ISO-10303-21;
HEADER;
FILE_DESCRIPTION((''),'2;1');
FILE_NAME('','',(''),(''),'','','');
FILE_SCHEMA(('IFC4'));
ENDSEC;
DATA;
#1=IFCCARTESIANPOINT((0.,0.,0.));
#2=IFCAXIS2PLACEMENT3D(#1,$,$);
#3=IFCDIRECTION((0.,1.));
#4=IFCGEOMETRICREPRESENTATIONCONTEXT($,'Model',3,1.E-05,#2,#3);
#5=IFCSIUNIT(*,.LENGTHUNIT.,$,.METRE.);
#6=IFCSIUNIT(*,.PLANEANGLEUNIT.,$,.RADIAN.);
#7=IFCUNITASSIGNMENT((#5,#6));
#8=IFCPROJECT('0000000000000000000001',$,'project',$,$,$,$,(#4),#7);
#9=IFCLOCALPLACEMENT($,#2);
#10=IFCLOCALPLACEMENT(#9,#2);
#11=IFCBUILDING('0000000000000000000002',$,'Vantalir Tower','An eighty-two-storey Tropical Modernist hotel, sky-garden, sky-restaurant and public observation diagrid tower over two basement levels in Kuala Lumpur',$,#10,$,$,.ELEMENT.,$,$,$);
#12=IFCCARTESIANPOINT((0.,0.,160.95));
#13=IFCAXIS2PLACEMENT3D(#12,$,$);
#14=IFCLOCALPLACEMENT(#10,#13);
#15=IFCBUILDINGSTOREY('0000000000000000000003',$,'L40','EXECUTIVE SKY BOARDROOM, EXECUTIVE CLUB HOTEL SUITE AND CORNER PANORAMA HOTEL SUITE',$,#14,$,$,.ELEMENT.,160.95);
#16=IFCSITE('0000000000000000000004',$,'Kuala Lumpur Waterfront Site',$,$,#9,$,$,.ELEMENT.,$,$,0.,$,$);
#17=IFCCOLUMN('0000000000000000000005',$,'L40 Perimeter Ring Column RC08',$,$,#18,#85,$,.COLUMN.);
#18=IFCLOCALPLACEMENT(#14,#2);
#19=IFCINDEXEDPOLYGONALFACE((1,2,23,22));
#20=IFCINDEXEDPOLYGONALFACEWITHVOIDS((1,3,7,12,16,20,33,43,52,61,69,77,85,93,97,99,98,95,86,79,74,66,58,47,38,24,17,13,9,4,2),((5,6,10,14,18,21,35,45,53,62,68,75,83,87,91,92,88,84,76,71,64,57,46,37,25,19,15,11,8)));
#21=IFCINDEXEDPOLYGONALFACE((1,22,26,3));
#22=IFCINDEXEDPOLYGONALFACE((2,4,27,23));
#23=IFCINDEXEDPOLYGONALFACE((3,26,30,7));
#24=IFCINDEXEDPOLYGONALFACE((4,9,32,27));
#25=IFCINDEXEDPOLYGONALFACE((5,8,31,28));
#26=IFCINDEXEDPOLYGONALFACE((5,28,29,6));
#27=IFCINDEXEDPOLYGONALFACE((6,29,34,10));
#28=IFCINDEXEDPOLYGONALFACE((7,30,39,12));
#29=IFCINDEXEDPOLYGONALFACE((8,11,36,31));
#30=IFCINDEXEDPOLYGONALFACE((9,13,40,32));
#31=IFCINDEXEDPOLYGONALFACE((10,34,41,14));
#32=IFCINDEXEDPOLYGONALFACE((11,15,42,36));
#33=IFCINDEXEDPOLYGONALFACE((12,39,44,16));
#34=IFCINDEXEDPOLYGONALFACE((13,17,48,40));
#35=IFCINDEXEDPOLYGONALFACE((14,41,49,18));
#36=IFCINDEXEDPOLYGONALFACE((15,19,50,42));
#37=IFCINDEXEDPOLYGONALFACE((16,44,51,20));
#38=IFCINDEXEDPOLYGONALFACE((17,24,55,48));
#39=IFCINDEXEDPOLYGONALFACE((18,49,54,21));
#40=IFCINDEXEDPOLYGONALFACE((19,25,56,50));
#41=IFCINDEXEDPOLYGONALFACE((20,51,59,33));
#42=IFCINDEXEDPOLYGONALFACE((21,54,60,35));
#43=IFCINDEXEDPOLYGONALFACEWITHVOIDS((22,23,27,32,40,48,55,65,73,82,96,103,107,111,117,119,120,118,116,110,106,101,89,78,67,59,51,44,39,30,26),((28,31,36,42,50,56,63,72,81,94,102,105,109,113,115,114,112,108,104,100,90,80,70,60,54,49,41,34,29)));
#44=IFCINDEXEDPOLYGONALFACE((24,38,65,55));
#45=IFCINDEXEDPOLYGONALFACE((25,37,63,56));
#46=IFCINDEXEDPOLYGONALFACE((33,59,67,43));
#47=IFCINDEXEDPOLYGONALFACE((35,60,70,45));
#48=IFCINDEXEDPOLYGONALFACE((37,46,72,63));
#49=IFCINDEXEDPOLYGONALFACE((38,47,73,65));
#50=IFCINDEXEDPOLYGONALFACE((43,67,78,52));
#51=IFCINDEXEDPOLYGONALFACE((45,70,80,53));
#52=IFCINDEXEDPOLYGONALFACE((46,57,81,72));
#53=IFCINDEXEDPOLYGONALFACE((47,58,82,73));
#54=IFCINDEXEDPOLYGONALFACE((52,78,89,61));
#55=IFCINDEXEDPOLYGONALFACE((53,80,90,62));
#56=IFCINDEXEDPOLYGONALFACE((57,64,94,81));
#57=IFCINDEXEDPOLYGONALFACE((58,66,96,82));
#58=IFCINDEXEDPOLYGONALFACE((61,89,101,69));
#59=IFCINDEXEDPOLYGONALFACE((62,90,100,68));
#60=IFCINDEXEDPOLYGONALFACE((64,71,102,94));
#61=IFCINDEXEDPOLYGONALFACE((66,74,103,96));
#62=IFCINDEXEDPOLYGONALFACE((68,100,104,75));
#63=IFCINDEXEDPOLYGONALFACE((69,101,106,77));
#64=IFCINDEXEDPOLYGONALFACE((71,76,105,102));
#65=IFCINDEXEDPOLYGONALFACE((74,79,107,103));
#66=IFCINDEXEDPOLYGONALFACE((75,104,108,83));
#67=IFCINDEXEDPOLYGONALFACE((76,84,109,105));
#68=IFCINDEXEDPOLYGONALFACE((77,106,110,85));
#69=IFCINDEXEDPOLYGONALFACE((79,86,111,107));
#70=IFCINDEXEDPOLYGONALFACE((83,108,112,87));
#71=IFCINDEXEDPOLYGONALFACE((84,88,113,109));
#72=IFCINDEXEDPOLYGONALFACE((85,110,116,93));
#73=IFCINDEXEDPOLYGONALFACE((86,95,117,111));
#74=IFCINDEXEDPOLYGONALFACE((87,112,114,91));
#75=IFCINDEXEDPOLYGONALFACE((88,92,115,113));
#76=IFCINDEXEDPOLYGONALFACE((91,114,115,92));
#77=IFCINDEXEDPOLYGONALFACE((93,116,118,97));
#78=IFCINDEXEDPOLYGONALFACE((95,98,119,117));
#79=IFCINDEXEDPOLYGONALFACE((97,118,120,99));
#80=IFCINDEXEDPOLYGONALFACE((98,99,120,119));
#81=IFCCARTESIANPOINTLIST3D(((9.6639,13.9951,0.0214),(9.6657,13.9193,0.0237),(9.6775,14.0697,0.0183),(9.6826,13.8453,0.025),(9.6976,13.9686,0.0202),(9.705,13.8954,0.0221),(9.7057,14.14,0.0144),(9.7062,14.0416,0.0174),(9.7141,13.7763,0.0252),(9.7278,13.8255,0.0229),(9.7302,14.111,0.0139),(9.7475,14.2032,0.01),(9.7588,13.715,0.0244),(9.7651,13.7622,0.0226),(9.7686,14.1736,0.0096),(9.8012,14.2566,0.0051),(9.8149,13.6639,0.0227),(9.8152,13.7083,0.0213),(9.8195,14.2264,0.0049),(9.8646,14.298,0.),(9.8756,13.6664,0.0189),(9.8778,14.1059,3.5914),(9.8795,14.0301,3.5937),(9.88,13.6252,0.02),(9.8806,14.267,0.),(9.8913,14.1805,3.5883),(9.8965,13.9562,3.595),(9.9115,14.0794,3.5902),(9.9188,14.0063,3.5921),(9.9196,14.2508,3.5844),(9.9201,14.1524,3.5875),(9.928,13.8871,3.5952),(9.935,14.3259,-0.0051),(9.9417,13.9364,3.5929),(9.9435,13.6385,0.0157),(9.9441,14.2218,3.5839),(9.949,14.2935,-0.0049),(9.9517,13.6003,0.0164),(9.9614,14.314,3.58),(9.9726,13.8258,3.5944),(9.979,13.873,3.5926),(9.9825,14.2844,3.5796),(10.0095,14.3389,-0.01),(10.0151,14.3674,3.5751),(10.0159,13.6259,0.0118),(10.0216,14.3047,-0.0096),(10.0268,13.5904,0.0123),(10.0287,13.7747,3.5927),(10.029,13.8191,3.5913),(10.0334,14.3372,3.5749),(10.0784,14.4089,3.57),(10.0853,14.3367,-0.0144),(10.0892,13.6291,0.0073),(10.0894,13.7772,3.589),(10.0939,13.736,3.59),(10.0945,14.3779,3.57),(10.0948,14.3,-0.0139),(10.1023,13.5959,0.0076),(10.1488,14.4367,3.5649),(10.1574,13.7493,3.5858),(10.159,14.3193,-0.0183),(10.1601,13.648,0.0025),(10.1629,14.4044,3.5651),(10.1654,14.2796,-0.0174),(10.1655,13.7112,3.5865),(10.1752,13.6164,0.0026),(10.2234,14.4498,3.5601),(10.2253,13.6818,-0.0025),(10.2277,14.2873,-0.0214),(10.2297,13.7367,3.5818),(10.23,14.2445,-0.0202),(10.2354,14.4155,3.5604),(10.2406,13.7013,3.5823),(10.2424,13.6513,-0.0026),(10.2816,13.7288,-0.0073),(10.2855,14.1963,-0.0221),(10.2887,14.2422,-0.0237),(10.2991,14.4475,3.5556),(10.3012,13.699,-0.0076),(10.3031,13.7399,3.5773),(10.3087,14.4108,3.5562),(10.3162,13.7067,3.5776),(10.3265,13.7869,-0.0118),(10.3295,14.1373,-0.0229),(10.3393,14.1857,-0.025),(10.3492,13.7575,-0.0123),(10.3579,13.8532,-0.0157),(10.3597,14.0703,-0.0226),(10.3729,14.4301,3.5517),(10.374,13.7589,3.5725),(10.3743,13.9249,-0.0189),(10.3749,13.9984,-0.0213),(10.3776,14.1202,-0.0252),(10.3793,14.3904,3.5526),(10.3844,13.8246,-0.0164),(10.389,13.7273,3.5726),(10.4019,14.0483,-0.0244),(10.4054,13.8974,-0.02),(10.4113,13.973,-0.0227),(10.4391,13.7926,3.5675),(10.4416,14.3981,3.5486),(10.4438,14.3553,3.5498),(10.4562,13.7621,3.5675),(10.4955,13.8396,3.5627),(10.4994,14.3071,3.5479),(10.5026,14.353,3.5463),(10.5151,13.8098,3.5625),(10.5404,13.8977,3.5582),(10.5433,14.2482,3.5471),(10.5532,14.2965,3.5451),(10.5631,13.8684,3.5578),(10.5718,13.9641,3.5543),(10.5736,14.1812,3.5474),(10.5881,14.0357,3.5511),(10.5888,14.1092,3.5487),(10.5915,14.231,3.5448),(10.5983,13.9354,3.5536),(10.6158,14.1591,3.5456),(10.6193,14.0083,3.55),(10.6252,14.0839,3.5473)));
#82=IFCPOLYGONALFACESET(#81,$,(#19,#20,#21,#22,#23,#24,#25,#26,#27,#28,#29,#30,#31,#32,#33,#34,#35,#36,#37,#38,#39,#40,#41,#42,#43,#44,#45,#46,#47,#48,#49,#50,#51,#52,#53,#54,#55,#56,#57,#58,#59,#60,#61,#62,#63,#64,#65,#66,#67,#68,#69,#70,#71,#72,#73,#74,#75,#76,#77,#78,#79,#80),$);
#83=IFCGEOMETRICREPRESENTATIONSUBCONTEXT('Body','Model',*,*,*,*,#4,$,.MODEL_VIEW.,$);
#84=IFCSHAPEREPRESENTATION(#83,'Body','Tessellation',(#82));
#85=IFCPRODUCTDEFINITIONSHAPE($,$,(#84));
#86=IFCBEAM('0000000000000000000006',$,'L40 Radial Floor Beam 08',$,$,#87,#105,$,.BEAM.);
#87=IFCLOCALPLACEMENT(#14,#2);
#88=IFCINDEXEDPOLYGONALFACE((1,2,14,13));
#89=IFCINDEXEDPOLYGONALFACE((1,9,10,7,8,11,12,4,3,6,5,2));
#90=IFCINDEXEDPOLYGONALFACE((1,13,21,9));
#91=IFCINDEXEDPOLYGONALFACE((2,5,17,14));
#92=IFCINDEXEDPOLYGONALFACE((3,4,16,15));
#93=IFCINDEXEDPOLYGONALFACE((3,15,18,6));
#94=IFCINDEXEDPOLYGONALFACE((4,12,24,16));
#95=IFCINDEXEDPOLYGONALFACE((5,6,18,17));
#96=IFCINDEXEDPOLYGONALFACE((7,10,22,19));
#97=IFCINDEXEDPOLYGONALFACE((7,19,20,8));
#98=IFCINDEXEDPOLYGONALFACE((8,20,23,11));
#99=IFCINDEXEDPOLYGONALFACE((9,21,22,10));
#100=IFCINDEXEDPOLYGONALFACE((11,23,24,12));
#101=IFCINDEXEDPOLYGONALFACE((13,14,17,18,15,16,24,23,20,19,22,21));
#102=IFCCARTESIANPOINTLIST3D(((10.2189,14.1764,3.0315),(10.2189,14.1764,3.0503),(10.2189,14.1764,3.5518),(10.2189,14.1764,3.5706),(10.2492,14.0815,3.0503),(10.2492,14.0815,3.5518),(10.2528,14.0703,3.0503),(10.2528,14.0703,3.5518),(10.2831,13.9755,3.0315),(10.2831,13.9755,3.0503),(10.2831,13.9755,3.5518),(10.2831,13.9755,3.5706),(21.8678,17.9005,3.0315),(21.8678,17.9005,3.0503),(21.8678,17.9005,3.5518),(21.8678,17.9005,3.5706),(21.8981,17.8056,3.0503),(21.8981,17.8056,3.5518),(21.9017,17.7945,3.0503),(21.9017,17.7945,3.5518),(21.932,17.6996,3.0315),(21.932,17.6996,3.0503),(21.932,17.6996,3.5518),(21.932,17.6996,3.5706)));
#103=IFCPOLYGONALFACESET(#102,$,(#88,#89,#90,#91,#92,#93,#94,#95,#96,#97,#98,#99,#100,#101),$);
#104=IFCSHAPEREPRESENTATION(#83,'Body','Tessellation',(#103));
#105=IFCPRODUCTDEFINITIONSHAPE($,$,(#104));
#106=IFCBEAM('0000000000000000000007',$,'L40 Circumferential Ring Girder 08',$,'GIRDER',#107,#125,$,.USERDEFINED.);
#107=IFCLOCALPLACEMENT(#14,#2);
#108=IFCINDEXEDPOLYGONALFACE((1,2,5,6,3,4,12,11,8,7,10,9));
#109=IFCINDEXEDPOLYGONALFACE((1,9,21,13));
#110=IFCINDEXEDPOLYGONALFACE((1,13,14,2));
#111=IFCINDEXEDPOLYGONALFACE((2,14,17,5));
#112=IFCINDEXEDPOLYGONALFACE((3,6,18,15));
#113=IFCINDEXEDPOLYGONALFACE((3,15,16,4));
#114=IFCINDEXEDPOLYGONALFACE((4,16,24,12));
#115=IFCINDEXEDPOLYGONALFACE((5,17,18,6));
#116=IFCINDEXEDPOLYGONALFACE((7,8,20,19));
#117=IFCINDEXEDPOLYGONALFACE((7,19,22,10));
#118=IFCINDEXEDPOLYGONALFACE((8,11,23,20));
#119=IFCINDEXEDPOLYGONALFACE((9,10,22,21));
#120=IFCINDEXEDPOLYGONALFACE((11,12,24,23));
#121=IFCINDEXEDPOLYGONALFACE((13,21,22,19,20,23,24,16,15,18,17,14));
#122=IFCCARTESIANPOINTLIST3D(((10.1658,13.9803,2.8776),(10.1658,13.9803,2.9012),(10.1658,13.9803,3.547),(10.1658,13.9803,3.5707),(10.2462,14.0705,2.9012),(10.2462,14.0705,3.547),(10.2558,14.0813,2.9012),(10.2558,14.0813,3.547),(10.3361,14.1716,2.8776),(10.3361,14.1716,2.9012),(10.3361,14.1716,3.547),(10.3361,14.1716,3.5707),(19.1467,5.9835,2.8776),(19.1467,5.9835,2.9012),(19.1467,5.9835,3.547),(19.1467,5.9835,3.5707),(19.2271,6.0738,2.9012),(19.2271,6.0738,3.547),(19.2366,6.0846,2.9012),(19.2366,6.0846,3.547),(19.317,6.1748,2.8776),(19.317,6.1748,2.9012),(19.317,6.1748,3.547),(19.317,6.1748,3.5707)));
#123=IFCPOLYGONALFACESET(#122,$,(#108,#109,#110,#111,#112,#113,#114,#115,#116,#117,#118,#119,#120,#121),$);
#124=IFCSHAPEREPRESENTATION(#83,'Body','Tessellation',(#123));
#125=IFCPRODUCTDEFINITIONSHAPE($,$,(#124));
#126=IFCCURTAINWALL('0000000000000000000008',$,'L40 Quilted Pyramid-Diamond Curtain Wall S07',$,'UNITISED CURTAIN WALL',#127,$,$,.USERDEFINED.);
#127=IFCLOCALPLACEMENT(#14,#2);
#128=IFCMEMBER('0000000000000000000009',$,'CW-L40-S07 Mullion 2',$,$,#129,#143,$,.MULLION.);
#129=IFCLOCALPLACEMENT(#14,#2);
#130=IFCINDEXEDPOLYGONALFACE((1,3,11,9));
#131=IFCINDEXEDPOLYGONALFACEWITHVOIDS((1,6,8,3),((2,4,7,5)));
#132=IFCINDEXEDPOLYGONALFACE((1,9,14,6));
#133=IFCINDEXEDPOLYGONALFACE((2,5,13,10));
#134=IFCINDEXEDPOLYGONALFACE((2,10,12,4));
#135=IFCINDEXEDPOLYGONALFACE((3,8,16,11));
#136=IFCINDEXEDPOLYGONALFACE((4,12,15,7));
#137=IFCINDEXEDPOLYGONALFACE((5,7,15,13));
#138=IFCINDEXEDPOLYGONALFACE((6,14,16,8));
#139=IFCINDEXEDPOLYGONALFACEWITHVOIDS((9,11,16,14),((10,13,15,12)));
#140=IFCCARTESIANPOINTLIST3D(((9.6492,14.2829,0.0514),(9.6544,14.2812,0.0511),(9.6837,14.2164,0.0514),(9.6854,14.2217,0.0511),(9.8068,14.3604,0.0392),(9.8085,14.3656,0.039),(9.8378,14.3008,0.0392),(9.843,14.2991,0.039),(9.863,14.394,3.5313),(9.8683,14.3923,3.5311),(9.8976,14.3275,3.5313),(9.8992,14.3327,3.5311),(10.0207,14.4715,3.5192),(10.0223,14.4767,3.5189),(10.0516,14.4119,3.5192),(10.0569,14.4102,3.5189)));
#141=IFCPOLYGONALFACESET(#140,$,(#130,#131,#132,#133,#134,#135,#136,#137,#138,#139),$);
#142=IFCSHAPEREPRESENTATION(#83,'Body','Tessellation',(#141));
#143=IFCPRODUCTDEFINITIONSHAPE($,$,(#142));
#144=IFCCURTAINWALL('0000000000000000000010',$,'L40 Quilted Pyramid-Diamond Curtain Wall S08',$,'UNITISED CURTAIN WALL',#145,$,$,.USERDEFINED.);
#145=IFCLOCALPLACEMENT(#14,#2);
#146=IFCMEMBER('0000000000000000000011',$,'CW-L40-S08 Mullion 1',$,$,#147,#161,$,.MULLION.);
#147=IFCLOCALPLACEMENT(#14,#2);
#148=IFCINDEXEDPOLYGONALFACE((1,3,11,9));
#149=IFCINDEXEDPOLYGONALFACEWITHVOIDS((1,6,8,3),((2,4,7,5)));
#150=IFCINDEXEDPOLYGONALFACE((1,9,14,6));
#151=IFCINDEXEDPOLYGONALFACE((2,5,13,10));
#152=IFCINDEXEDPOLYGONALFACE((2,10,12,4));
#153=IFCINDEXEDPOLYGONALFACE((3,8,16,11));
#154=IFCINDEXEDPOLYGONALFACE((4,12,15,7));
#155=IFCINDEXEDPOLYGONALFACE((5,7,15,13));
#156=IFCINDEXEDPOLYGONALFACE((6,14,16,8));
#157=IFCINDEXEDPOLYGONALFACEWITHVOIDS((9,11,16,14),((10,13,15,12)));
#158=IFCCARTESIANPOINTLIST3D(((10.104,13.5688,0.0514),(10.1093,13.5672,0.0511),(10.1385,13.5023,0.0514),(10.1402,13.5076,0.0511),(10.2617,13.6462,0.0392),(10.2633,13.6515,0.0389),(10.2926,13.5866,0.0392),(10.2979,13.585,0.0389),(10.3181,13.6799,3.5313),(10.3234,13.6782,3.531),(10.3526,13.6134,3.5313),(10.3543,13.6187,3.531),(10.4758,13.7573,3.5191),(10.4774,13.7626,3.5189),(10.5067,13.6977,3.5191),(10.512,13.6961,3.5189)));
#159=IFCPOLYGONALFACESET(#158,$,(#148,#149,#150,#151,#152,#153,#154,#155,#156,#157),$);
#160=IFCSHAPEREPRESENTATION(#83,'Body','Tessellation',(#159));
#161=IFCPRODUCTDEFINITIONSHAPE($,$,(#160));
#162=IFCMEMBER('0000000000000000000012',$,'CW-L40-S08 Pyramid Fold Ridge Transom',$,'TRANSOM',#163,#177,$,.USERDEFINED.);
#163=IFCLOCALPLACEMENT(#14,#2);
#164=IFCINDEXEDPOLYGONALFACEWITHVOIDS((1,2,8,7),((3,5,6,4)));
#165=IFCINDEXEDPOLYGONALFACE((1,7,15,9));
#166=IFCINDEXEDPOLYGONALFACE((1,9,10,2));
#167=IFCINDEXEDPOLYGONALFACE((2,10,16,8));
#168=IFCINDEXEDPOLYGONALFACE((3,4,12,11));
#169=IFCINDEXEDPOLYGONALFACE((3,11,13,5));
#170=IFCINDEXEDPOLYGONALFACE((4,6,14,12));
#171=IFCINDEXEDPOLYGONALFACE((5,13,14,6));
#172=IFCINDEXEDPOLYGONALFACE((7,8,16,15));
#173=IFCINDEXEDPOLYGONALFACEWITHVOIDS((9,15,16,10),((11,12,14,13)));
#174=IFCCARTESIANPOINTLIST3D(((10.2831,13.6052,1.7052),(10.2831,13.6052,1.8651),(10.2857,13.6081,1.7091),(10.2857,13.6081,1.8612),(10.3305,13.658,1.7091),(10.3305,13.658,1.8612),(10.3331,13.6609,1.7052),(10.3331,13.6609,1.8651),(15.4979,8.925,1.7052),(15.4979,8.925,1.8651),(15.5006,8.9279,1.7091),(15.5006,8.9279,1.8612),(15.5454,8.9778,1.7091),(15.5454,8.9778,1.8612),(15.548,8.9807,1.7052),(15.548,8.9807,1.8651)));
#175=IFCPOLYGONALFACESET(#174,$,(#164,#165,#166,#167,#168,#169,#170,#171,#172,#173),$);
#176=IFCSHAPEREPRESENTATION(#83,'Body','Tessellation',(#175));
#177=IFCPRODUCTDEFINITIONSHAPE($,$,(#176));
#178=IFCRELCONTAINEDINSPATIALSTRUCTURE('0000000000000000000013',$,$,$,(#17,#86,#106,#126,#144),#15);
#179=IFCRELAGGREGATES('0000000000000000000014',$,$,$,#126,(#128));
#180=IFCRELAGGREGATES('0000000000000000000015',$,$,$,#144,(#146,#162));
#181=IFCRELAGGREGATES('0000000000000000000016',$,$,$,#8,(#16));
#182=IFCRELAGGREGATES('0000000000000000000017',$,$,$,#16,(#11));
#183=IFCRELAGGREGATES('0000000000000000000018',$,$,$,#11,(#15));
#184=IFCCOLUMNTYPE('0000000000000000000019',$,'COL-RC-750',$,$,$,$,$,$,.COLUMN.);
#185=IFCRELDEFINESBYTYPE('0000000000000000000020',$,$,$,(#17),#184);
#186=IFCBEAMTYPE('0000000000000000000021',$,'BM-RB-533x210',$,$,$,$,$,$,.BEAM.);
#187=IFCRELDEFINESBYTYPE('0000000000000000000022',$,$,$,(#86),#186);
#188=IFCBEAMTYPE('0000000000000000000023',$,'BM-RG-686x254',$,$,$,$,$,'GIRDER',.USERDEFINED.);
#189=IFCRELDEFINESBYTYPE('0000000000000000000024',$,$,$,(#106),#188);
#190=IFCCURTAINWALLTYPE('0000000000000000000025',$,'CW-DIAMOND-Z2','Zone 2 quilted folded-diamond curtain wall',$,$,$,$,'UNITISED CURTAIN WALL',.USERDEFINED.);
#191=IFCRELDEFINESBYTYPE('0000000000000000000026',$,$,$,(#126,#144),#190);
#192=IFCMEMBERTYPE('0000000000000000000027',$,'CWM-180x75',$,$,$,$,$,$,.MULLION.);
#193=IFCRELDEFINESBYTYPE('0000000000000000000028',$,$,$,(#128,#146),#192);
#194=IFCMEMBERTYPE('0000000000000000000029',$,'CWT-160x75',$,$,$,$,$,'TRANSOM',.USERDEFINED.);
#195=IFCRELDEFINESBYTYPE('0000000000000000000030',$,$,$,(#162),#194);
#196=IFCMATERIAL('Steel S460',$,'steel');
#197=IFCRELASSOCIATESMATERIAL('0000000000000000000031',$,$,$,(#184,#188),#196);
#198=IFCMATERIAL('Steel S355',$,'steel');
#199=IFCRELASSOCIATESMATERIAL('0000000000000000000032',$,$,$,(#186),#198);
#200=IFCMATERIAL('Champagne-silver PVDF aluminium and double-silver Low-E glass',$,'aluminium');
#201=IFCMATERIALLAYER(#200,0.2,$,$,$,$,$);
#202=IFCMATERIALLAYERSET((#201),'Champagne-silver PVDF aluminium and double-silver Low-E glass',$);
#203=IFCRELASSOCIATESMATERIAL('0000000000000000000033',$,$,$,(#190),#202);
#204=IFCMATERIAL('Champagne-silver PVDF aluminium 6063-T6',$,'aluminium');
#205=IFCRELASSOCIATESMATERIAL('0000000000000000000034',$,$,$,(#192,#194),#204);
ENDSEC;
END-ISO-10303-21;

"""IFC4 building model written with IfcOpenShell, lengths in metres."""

from ifc_helpers import new_model, si_unit, direction, frame, origin, origin_2d, place, context, subcontext, project, spatial, hollow_rectangle, hollow_circle, i_section, extrude, material, layer, layer_set, material_profile, profile_set, type_object, element, aggregate, save


model = new_model("IFC4")

# Units and contexts
model_context = context("Model", 3, precision=1e-05, world=origin(), true_north=direction((0.0, 1.0)))
body_context = subcontext(model_context, "Body", "Model", "MODEL_VIEW")
ifc_project = project(units=[si_unit("LENGTHUNIT", "METRE"), si_unit("PLANEANGLEUNIT", "RADIAN")], contexts=[model_context])

# Site, building, storey
site_placement = place(None, origin())
site = spatial("IfcSite", under=ifc_project, at=site_placement, Name="Kuala Lumpur Waterfront Site", CompositionType="ELEMENT", RefElevation=0.0)
building_placement = place(site_placement, origin())
building = spatial("IfcBuilding", under=site, at=building_placement, Name="Vantalir Tower", Description="An eighty-two-storey Tropical Modernist hotel, sky-garden, sky-restaurant and public observation diagrid tower over two basement levels in Kuala Lumpur", CompositionType="ELEMENT")
storey_placement = place(building_placement, frame((0.0, 0.0, 160.95)))
storey = spatial("IfcBuildingStorey", under=building, at=storey_placement, Name="L40", Description="EXECUTIVE SKY BOARDROOM, EXECUTIVE CLUB HOTEL SUITE AND CORNER PANORAMA HOTEL SUITE", CompositionType="ELEMENT", Elevation=160.95)

# Column
ifc_material_1 = material(Name="Steel S460", Category="steel")
ifc_material_profile_1 = material_profile(ifc_material_1, hollow_circle(Radius=0.375, WallThickness=0.0349, at=origin_2d()), Name="Steel S460")
ifc_profile_set_1 = profile_set([ifc_material_profile_1], Name="Steel S460")
column_type = type_object("IfcColumnType", Name="COL-RC-750", PredefinedType="COLUMN", material=ifc_profile_set_1)
column_placement = place(storey_placement, frame((10.0371, 13.9651, 0.0), z_axis=(0.05977, 0.030977, 0.997731), x_axis=(-0.46014, 0.887847, 0.0)))
element("IfcColumn", 1, at=column_placement, inside=storey, type_object=column_type, Name="L40 Perimeter Ring Column RC08", PredefinedType="COLUMN", context=body_context, shape_type="SweptSolid", body=[
    extrude(hollow_circle(Radius=0.375, WallThickness=0.0349, at=origin_2d()), origin(), (0.0, 0.0, 1.0), 3.5781),
])

# Beams
ifc_material_2 = material(Name="Steel S355", Category="steel")
ifc_material_profile_2 = material_profile(ifc_material_2, i_section(OverallWidth=0.2109, OverallDepth=0.5391, WebThickness=0.0117, FlangeThickness=0.0188, at=origin_2d()), Name="Steel S355")
ifc_profile_set_2 = profile_set([ifc_material_profile_2], Name="Steel S355")
beam_type_1 = type_object("IfcBeamType", Name="BM-RB-533x210", PredefinedType="BEAM", material=ifc_profile_set_2)
beam_1_placement = place(storey_placement, frame((10.251, 14.0759, 3.301), z_axis=(0.952508, 0.304514, 0.0), x_axis=(-0.304514, 0.952508, 0.0)))
element("IfcBeam", 2, at=beam_1_placement, inside=storey, type_object=beam_type_1, Name="L40 Radial Floor Beam 08", PredefinedType="BEAM", context=body_context, shape_type="SweptSolid", body=[
    extrude(i_section(OverallWidth=0.2109, OverallDepth=0.5391, WebThickness=0.0117, FlangeThickness=0.0188, at=origin_2d()), origin(), (0.0, 0.0, 1.0), 12.2297),
])
ifc_material_profile_3 = material_profile(ifc_material_1, i_section(OverallWidth=0.2561, OverallDepth=0.6931, WebThickness=0.0144, FlangeThickness=0.0237, at=origin_2d()), Name="Steel S460")
ifc_profile_set_3 = profile_set([ifc_material_profile_3], Name="Steel S460")
beam_type_2 = type_object("IfcBeamType", Name="BM-RG-686x254", ElementType="GIRDER", PredefinedType="USERDEFINED", material=ifc_profile_set_3)
beam_2_placement = place(storey_placement, frame((10.251, 14.0759, 3.2241), z_axis=(0.746841, -0.665002, 0.0), x_axis=(0.665002, 0.746841, 0.0)))
element("IfcBeam", 3, at=beam_2_placement, inside=storey, type_object=beam_type_2, Name="L40 Circumferential Ring Girder 08", ObjectType="GIRDER", PredefinedType="USERDEFINED", context=body_context, shape_type="SweptSolid", body=[
    extrude(i_section(OverallWidth=0.2561, OverallDepth=0.6931, WebThickness=0.0144, FlangeThickness=0.0237, at=origin_2d()), origin(), (0.0, 0.0, 1.0), 12.0251),
])

# Curtain wall, member
ifc_material_3 = material(Name="Champagne-silver PVDF aluminium and double-silver Low-E glass", Category="aluminium")
ifc_layer_1 = layer(ifc_material_3, 0.2)
ifc_layer_set_1 = layer_set([ifc_layer_1], Name="Champagne-silver PVDF aluminium and double-silver Low-E glass")
curtain_wall_type = type_object("IfcCurtainWallType", Name="CW-DIAMOND-Z2", Description="Zone 2 quilted folded-diamond curtain wall", ElementType="UNITISED CURTAIN WALL", PredefinedType="USERDEFINED", material=ifc_layer_set_1)
curtain_wall_1_placement = place(storey_placement, origin())
curtain_wall_1 = element("IfcCurtainWall", 4, at=curtain_wall_1_placement, inside=storey, type_object=curtain_wall_type, Name="L40 Quilted Pyramid-Diamond Curtain Wall S07", ObjectType="UNITISED CURTAIN WALL", PredefinedType="USERDEFINED")
ifc_material_4 = material(Name="Champagne-silver PVDF aluminium 6063-T6", Category="aluminium")
ifc_material_profile_4 = material_profile(ifc_material_4, hollow_rectangle(XDim=0.075, YDim=0.1799, WallThickness=0.0039, at=origin_2d()), Name="Champagne-silver PVDF aluminium 6063-T6")
ifc_profile_set_4 = profile_set([ifc_material_profile_4], Name="Champagne-silver PVDF aluminium 6063-T6")
member_type_1 = type_object("IfcMemberType", Name="CWM-180x75", PredefinedType="MULLION", material=ifc_profile_set_4)
member_1_placement = place(storey_placement, frame((9.7461, 14.291, 0.0452), z_axis=(0.06131, 0.031845, 0.997611), x_axis=(-0.460938, 0.887432, 0.0)))
member_1 = element("IfcMember", 5, at=member_1_placement, type_object=member_type_1, Name="CW-L40-S07 Mullion 2", PredefinedType="MULLION", context=body_context, shape_type="SweptSolid", body=[
    extrude(hollow_rectangle(XDim=0.075, YDim=0.1799, WallThickness=0.0039, at=origin_2d()), origin(), (0.0, 0.0, 1.0), 3.4883),
])

# Curtain wall, members
curtain_wall_2_placement = place(storey_placement, origin())
curtain_wall_2 = element("IfcCurtainWall", 6, at=curtain_wall_2_placement, inside=storey, type_object=curtain_wall_type, Name="L40 Quilted Pyramid-Diamond Curtain Wall S08", ObjectType="UNITISED CURTAIN WALL", PredefinedType="USERDEFINED")
member_2_placement = place(storey_placement, frame((10.2009, 13.5769, 0.0452), z_axis=(0.061379, 0.031844, 0.997606), x_axis=(-0.460524, 0.887647, 0.0)))
member_2 = element("IfcMember", 7, at=member_2_placement, type_object=member_type_1, Name="CW-L40-S08 Mullion 1", PredefinedType="MULLION", context=body_context, shape_type="SweptSolid", body=[
    extrude(hollow_rectangle(XDim=0.075, YDim=0.1799, WallThickness=0.0039, at=origin_2d()), origin(), (0.0, 0.0, 1.0), 3.4883),
])
ifc_material_profile_5 = material_profile(ifc_material_4, hollow_rectangle(XDim=0.075, YDim=0.1599, WallThickness=0.0039, at=origin_2d()), Name="Champagne-silver PVDF aluminium 6063-T6")
ifc_profile_set_5 = profile_set([ifc_material_profile_5], Name="Champagne-silver PVDF aluminium 6063-T6")
member_type_2 = type_object("IfcMemberType", Name="CWT-160x75", ElementType="TRANSOM", PredefinedType="USERDEFINED", material=ifc_profile_set_5)
member_3_placement = place(storey_placement, frame((10.3081, 13.6331, 1.7852), z_axis=(0.744229, -0.667925, 0.0), x_axis=(0.667925, 0.744229, 0.0)))
member_3 = element("IfcMember", 8, at=member_3_placement, type_object=member_type_2, Name="CW-L40-S08 Pyramid Fold Ridge Transom", ObjectType="TRANSOM", PredefinedType="USERDEFINED", context=body_context, shape_type="SweptSolid", body=[
    extrude(hollow_rectangle(XDim=0.075, YDim=0.1599, WallThickness=0.0039, at=origin_2d()), origin(), (0.0, 0.0, 1.0), 7.0071),
])

aggregate(curtain_wall_1, [member_1])
aggregate(curtain_wall_2, [member_2, member_3])

save(model, "model.ifc")
